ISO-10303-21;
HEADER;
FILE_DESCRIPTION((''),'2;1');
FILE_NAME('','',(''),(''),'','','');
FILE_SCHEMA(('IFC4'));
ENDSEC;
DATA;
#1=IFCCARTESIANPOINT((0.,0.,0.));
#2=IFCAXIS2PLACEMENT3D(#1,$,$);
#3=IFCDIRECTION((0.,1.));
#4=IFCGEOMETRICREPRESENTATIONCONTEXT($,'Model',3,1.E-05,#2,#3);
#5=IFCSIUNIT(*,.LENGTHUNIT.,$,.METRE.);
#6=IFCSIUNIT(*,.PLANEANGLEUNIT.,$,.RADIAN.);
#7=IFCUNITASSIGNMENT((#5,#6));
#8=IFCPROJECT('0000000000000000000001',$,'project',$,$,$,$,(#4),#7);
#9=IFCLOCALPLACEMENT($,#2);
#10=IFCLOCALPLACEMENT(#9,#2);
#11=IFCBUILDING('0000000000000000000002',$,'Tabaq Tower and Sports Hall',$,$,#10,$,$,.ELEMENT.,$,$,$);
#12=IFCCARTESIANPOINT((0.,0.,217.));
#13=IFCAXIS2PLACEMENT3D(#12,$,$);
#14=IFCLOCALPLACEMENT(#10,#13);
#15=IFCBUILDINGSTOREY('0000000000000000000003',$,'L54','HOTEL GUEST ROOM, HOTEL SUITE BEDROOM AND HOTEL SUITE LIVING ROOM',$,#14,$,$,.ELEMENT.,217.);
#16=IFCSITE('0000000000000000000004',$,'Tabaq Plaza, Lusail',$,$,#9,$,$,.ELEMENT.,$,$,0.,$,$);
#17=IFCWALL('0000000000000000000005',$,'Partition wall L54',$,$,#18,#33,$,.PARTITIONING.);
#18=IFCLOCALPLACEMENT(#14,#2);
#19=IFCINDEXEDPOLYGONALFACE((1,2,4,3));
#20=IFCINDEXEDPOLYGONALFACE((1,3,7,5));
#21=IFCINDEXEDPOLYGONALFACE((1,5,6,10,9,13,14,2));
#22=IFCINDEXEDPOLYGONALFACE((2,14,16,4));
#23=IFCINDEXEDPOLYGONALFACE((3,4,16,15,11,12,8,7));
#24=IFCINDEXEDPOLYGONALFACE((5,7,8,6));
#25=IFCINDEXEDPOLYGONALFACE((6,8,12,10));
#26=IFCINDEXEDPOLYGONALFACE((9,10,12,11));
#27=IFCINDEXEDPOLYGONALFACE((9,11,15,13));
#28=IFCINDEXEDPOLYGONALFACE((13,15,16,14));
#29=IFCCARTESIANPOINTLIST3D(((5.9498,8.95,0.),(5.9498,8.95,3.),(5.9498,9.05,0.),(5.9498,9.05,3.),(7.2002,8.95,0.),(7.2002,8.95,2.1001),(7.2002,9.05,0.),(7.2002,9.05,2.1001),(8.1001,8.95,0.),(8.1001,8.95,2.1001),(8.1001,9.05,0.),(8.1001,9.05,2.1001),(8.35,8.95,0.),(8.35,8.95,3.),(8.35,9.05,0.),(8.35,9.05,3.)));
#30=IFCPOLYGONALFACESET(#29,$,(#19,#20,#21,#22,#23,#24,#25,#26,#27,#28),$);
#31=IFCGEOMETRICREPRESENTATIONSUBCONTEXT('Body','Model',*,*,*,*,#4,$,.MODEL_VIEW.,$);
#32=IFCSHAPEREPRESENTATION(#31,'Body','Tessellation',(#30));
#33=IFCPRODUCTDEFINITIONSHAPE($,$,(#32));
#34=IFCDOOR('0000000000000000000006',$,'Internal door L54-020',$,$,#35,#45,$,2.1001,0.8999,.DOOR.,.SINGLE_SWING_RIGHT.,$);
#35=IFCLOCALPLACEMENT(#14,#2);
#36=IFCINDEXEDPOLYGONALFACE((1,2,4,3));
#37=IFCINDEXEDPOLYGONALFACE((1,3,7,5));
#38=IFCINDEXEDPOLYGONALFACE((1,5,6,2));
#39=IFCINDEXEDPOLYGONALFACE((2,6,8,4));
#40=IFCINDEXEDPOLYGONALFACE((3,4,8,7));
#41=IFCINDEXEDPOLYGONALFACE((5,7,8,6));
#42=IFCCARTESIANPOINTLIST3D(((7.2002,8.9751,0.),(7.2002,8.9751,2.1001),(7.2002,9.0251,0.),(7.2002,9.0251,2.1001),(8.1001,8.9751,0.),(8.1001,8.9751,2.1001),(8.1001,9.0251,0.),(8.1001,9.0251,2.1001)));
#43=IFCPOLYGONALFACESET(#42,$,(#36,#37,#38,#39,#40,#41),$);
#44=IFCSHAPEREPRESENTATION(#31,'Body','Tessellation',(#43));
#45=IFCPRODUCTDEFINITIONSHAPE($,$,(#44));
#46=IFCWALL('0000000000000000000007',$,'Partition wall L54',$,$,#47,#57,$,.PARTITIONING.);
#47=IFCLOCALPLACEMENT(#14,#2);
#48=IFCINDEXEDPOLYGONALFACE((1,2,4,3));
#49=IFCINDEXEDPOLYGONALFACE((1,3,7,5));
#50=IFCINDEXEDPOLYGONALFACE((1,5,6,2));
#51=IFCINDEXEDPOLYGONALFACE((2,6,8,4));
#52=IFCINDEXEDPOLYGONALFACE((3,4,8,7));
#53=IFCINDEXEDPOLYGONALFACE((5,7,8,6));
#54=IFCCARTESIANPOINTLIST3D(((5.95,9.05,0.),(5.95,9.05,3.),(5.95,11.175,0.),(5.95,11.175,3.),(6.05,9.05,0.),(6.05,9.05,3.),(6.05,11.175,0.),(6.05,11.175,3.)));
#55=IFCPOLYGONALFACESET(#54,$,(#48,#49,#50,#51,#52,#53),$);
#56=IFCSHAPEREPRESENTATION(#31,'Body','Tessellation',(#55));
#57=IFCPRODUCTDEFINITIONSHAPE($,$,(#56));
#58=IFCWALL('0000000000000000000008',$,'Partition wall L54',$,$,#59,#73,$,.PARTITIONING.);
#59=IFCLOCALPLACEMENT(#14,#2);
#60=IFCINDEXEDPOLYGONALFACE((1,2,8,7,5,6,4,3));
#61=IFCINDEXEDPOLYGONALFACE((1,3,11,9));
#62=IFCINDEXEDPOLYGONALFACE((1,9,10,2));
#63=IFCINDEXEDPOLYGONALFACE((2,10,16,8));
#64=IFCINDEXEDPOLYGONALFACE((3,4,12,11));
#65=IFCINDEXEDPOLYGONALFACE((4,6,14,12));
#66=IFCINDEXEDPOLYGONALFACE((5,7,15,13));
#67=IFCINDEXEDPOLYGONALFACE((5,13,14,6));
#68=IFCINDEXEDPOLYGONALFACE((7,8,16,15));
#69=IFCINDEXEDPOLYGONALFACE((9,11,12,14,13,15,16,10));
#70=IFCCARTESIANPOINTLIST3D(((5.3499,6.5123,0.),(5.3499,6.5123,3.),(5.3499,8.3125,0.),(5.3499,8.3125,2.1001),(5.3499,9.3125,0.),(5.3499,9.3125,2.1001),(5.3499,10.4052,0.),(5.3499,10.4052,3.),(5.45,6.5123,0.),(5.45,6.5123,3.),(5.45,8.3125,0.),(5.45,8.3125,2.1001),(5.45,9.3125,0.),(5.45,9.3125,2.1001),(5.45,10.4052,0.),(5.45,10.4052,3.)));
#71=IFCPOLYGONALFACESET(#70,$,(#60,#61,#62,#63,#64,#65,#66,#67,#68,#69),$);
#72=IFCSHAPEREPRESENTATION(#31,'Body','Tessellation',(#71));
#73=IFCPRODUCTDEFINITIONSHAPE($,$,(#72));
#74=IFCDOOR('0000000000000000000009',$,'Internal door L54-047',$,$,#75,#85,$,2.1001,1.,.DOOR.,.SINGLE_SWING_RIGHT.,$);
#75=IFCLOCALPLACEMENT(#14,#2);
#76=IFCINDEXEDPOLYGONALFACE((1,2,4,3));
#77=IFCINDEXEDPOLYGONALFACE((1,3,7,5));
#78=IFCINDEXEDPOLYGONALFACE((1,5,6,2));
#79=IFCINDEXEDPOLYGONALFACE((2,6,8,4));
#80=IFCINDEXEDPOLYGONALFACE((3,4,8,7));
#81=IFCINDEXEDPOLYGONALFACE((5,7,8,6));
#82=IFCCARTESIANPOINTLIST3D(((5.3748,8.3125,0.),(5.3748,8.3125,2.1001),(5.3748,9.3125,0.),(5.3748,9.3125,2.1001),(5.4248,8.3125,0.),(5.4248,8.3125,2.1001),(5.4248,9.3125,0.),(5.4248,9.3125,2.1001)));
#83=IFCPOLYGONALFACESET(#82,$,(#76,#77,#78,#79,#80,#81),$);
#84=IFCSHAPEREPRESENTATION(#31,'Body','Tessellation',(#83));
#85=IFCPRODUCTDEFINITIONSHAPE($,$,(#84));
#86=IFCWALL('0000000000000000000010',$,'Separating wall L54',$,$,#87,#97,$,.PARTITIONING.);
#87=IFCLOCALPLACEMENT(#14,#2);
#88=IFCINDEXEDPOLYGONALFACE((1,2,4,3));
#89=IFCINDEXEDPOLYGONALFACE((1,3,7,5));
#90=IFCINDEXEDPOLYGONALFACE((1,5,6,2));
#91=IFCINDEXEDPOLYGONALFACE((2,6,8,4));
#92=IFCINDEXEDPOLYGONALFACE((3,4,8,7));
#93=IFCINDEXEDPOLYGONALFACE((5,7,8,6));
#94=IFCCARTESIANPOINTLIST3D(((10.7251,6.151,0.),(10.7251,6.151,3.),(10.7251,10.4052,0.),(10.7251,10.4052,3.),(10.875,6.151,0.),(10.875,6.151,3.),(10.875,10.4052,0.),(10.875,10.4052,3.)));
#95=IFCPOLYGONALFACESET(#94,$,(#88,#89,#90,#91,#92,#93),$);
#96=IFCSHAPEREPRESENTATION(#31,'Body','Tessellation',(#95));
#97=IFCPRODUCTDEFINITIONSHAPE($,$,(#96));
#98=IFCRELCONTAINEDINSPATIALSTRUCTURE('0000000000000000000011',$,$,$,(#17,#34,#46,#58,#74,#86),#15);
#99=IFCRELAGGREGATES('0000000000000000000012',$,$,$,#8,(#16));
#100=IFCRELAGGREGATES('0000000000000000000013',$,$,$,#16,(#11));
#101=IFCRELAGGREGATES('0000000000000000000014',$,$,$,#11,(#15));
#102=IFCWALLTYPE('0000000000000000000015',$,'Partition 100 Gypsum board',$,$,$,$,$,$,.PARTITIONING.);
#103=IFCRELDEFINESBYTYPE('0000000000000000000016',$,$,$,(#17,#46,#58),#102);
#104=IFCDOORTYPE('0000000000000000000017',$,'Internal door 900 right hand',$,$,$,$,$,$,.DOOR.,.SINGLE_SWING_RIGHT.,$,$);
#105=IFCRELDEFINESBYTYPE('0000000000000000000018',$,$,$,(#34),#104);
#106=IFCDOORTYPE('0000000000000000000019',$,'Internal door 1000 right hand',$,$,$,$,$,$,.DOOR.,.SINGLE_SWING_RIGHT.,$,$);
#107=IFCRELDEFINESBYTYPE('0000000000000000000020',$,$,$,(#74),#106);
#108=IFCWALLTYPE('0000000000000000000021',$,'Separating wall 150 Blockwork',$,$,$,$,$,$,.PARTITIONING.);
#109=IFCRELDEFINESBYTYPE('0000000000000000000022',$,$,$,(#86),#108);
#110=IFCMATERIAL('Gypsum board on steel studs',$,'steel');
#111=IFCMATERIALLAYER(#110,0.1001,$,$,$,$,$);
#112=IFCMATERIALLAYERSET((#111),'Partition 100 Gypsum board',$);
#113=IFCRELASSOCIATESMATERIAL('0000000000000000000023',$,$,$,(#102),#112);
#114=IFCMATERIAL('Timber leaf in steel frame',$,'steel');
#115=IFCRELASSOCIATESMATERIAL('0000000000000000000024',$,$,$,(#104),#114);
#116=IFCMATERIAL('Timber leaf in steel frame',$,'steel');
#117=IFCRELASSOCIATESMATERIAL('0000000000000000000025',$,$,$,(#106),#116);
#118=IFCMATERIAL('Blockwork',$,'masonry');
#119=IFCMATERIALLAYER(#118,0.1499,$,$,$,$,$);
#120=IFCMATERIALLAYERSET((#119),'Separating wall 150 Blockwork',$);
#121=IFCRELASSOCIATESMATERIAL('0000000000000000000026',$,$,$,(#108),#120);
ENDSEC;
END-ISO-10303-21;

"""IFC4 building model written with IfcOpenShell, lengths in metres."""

from ifc_helpers import new_model, si_unit, direction, frame, frame_2d, origin, place, context, subcontext, project, spatial, rectangle, extrude, material, layer, layer_set, type_object, element, fill, save


model = new_model("IFC4")

# Units and contexts
model_context = context("Model", 3, precision=1e-05, world=origin(), true_north=direction((0.0, 1.0)))
body_context = subcontext(model_context, "Body", "Model", "MODEL_VIEW")
ifc_project = project(units=[si_unit("LENGTHUNIT", "METRE"), si_unit("PLANEANGLEUNIT", "RADIAN")], contexts=[model_context])

# Site, building, storey
site_placement = place(None, origin())
site = spatial("IfcSite", under=ifc_project, at=site_placement, Name="Tabaq Plaza, Lusail", CompositionType="ELEMENT", RefElevation=0.0)
building_placement = place(site_placement, origin())
building = spatial("IfcBuilding", under=site, at=building_placement, Name="Tabaq Tower and Sports Hall", CompositionType="ELEMENT")
storey_placement = place(building_placement, frame((0.0, 0.0, 217.0)))
storey = spatial("IfcBuildingStorey", under=building, at=storey_placement, Name="L54", Description="HOTEL GUEST ROOM, HOTEL SUITE BEDROOM AND HOTEL SUITE LIVING ROOM", CompositionType="ELEMENT", Elevation=217.0)

# Wall, opening, door
ifc_material_1 = material(Name="Gypsum board on steel studs", Category="steel")
ifc_layer_1 = layer(ifc_material_1, 0.1001)
ifc_layer_set_1 = layer_set([ifc_layer_1], Name="Partition 100 Gypsum board")
wall_type_1 = type_object("IfcWallType", Name="Partition 100 Gypsum board", PredefinedType="PARTITIONING", material=ifc_layer_set_1)
wall_1_placement = place(storey_placement, frame((8.3501, 9.0, 0.0), z_axis=(0.0, 0.0, 1.0), x_axis=(-1.0, 0.0, 0.0)))
wall_1 = element("IfcWall", 1, at=wall_1_placement, inside=storey, type_object=wall_type_1, Name="Partition wall L54", PredefinedType="PARTITIONING", context=body_context, shape_type="SweptSolid", body=[
    extrude(rectangle(XDim=2.4001, YDim=0.1001, at=frame_2d((1.2002, 0.0))), origin(), (0.0, 0.0, 1.0), 3.0),
])
opening_1_placement = place(wall_1_placement, frame((0.25, 0.0, 0.0)))
opening_1 = element("IfcOpeningElement", 2, at=opening_1_placement, cuts=wall_1, PredefinedType="OPENING", context=body_context, shape_type="SweptSolid", body=[
    extrude(rectangle(XDim=0.8999, YDim=2.1001, at=frame_2d((0.45, 1.05))), frame((0.0, 0.05, 0.0), z_axis=(0.0, -1.0, 0.0), x_axis=(1.0, 0.0, 0.0)), (0.0, 0.0, 1.0), 0.1001),
])
ifc_material_2 = material(Name="Timber leaf in steel frame", Category="steel")
door_type_1 = type_object("IfcDoorType", Name="Internal door 900 right hand", OperationType="SINGLE_SWING_RIGHT", PredefinedType="DOOR", material=ifc_material_2)
door_1_placement = place(opening_1_placement, origin())
door_1 = element("IfcDoor", 3, at=door_1_placement, inside=storey, type_object=door_type_1, Name="Internal door L54-020", OperationType="SINGLE_SWING_RIGHT", OverallHeight=2.1001, OverallWidth=0.8999, PredefinedType="DOOR", context=body_context, shape_type="SweptSolid", body=[
    extrude(rectangle(XDim=0.8999, YDim=2.1001, at=frame_2d((0.45, 1.05))), frame((0.0, 0.0249, 0.0), z_axis=(0.0, -1.0, 0.0), x_axis=(1.0, 0.0, 0.0)), (0.0, 0.0, 1.0), 0.05),
])
fill(opening_1, door_1)

# Wall
wall_2_placement = place(storey_placement, frame((6.0, 9.05, 0.0), z_axis=(0.0, 0.0, 1.0), x_axis=(0.0, 1.0, 0.0)))
element("IfcWall", 4, at=wall_2_placement, inside=storey, type_object=wall_type_1, Name="Partition wall L54", PredefinedType="PARTITIONING", context=body_context, shape_type="SweptSolid", body=[
    extrude(rectangle(XDim=2.125, YDim=0.1001, at=frame_2d((1.0625, 0.0))), origin(), (0.0, 0.0, 1.0), 3.0),
])

# Wall, opening, door
wall_3_placement = place(storey_placement, frame((5.3999, 10.405, 0.0), z_axis=(0.0, 0.0, 1.0), x_axis=(0.0, -1.0, 0.0)))
wall_3 = element("IfcWall", 5, at=wall_3_placement, inside=storey, type_object=wall_type_1, Name="Partition wall L54", PredefinedType="PARTITIONING", context=body_context, shape_type="SweptSolid", body=[
    extrude(rectangle(XDim=3.8928, YDim=0.1001, at=frame_2d((1.9463, 0.0))), origin(), (0.0, 0.0, 1.0), 3.0),
])
opening_2_placement = place(wall_3_placement, frame((1.0925, 0.0, 0.0)))
opening_2 = element("IfcOpeningElement", 6, at=opening_2_placement, cuts=wall_3, PredefinedType="OPENING", context=body_context, shape_type="SweptSolid", body=[
    extrude(rectangle(XDim=1.0, YDim=2.1001, at=frame_2d((0.5, 1.05))), frame((0.0, 0.05, 0.0), z_axis=(0.0, -1.0, 0.0), x_axis=(1.0, 0.0, 0.0)), (0.0, 0.0, 1.0), 0.1001),
])
ifc_material_3 = material(Name="Timber leaf in steel frame", Category="steel")
door_type_2 = type_object("IfcDoorType", Name="Internal door 1000 right hand", OperationType="SINGLE_SWING_RIGHT", PredefinedType="DOOR", material=ifc_material_3)
door_2_placement = place(opening_2_placement, origin())
door_2 = element("IfcDoor", 7, at=door_2_placement, inside=storey, type_object=door_type_2, Name="Internal door L54-047", OperationType="SINGLE_SWING_RIGHT", OverallHeight=2.1001, OverallWidth=1.0, PredefinedType="DOOR", context=body_context, shape_type="SweptSolid", body=[
    extrude(rectangle(XDim=1.0, YDim=2.1001, at=frame_2d((0.5, 1.05))), frame((0.0, 0.0249, 0.0), z_axis=(0.0, -1.0, 0.0), x_axis=(1.0, 0.0, 0.0)), (0.0, 0.0, 1.0), 0.05),
])
fill(opening_2, door_2)

# Wall
ifc_material_4 = material(Name="Blockwork", Category="masonry")
ifc_layer_2 = layer(ifc_material_4, 0.1499)
ifc_layer_set_2 = layer_set([ifc_layer_2], Name="Separating wall 150 Blockwork")
wall_type_2 = type_object("IfcWallType", Name="Separating wall 150 Blockwork", PredefinedType="PARTITIONING", material=ifc_layer_set_2)
wall_4_placement = place(storey_placement, frame((10.8, 10.405, 0.0), z_axis=(0.0, 0.0, 1.0), x_axis=(0.0, -1.0, 0.0)))
element("IfcWall", 8, at=wall_4_placement, inside=storey, type_object=wall_type_2, Name="Separating wall L54", PredefinedType="PARTITIONING", context=body_context, shape_type="SweptSolid", body=[
    extrude(rectangle(XDim=4.2542, YDim=0.1499, at=frame_2d((2.127, 0.0))), origin(), (0.0, 0.0, 1.0), 3.0),
])

save(model, "model.ifc")
